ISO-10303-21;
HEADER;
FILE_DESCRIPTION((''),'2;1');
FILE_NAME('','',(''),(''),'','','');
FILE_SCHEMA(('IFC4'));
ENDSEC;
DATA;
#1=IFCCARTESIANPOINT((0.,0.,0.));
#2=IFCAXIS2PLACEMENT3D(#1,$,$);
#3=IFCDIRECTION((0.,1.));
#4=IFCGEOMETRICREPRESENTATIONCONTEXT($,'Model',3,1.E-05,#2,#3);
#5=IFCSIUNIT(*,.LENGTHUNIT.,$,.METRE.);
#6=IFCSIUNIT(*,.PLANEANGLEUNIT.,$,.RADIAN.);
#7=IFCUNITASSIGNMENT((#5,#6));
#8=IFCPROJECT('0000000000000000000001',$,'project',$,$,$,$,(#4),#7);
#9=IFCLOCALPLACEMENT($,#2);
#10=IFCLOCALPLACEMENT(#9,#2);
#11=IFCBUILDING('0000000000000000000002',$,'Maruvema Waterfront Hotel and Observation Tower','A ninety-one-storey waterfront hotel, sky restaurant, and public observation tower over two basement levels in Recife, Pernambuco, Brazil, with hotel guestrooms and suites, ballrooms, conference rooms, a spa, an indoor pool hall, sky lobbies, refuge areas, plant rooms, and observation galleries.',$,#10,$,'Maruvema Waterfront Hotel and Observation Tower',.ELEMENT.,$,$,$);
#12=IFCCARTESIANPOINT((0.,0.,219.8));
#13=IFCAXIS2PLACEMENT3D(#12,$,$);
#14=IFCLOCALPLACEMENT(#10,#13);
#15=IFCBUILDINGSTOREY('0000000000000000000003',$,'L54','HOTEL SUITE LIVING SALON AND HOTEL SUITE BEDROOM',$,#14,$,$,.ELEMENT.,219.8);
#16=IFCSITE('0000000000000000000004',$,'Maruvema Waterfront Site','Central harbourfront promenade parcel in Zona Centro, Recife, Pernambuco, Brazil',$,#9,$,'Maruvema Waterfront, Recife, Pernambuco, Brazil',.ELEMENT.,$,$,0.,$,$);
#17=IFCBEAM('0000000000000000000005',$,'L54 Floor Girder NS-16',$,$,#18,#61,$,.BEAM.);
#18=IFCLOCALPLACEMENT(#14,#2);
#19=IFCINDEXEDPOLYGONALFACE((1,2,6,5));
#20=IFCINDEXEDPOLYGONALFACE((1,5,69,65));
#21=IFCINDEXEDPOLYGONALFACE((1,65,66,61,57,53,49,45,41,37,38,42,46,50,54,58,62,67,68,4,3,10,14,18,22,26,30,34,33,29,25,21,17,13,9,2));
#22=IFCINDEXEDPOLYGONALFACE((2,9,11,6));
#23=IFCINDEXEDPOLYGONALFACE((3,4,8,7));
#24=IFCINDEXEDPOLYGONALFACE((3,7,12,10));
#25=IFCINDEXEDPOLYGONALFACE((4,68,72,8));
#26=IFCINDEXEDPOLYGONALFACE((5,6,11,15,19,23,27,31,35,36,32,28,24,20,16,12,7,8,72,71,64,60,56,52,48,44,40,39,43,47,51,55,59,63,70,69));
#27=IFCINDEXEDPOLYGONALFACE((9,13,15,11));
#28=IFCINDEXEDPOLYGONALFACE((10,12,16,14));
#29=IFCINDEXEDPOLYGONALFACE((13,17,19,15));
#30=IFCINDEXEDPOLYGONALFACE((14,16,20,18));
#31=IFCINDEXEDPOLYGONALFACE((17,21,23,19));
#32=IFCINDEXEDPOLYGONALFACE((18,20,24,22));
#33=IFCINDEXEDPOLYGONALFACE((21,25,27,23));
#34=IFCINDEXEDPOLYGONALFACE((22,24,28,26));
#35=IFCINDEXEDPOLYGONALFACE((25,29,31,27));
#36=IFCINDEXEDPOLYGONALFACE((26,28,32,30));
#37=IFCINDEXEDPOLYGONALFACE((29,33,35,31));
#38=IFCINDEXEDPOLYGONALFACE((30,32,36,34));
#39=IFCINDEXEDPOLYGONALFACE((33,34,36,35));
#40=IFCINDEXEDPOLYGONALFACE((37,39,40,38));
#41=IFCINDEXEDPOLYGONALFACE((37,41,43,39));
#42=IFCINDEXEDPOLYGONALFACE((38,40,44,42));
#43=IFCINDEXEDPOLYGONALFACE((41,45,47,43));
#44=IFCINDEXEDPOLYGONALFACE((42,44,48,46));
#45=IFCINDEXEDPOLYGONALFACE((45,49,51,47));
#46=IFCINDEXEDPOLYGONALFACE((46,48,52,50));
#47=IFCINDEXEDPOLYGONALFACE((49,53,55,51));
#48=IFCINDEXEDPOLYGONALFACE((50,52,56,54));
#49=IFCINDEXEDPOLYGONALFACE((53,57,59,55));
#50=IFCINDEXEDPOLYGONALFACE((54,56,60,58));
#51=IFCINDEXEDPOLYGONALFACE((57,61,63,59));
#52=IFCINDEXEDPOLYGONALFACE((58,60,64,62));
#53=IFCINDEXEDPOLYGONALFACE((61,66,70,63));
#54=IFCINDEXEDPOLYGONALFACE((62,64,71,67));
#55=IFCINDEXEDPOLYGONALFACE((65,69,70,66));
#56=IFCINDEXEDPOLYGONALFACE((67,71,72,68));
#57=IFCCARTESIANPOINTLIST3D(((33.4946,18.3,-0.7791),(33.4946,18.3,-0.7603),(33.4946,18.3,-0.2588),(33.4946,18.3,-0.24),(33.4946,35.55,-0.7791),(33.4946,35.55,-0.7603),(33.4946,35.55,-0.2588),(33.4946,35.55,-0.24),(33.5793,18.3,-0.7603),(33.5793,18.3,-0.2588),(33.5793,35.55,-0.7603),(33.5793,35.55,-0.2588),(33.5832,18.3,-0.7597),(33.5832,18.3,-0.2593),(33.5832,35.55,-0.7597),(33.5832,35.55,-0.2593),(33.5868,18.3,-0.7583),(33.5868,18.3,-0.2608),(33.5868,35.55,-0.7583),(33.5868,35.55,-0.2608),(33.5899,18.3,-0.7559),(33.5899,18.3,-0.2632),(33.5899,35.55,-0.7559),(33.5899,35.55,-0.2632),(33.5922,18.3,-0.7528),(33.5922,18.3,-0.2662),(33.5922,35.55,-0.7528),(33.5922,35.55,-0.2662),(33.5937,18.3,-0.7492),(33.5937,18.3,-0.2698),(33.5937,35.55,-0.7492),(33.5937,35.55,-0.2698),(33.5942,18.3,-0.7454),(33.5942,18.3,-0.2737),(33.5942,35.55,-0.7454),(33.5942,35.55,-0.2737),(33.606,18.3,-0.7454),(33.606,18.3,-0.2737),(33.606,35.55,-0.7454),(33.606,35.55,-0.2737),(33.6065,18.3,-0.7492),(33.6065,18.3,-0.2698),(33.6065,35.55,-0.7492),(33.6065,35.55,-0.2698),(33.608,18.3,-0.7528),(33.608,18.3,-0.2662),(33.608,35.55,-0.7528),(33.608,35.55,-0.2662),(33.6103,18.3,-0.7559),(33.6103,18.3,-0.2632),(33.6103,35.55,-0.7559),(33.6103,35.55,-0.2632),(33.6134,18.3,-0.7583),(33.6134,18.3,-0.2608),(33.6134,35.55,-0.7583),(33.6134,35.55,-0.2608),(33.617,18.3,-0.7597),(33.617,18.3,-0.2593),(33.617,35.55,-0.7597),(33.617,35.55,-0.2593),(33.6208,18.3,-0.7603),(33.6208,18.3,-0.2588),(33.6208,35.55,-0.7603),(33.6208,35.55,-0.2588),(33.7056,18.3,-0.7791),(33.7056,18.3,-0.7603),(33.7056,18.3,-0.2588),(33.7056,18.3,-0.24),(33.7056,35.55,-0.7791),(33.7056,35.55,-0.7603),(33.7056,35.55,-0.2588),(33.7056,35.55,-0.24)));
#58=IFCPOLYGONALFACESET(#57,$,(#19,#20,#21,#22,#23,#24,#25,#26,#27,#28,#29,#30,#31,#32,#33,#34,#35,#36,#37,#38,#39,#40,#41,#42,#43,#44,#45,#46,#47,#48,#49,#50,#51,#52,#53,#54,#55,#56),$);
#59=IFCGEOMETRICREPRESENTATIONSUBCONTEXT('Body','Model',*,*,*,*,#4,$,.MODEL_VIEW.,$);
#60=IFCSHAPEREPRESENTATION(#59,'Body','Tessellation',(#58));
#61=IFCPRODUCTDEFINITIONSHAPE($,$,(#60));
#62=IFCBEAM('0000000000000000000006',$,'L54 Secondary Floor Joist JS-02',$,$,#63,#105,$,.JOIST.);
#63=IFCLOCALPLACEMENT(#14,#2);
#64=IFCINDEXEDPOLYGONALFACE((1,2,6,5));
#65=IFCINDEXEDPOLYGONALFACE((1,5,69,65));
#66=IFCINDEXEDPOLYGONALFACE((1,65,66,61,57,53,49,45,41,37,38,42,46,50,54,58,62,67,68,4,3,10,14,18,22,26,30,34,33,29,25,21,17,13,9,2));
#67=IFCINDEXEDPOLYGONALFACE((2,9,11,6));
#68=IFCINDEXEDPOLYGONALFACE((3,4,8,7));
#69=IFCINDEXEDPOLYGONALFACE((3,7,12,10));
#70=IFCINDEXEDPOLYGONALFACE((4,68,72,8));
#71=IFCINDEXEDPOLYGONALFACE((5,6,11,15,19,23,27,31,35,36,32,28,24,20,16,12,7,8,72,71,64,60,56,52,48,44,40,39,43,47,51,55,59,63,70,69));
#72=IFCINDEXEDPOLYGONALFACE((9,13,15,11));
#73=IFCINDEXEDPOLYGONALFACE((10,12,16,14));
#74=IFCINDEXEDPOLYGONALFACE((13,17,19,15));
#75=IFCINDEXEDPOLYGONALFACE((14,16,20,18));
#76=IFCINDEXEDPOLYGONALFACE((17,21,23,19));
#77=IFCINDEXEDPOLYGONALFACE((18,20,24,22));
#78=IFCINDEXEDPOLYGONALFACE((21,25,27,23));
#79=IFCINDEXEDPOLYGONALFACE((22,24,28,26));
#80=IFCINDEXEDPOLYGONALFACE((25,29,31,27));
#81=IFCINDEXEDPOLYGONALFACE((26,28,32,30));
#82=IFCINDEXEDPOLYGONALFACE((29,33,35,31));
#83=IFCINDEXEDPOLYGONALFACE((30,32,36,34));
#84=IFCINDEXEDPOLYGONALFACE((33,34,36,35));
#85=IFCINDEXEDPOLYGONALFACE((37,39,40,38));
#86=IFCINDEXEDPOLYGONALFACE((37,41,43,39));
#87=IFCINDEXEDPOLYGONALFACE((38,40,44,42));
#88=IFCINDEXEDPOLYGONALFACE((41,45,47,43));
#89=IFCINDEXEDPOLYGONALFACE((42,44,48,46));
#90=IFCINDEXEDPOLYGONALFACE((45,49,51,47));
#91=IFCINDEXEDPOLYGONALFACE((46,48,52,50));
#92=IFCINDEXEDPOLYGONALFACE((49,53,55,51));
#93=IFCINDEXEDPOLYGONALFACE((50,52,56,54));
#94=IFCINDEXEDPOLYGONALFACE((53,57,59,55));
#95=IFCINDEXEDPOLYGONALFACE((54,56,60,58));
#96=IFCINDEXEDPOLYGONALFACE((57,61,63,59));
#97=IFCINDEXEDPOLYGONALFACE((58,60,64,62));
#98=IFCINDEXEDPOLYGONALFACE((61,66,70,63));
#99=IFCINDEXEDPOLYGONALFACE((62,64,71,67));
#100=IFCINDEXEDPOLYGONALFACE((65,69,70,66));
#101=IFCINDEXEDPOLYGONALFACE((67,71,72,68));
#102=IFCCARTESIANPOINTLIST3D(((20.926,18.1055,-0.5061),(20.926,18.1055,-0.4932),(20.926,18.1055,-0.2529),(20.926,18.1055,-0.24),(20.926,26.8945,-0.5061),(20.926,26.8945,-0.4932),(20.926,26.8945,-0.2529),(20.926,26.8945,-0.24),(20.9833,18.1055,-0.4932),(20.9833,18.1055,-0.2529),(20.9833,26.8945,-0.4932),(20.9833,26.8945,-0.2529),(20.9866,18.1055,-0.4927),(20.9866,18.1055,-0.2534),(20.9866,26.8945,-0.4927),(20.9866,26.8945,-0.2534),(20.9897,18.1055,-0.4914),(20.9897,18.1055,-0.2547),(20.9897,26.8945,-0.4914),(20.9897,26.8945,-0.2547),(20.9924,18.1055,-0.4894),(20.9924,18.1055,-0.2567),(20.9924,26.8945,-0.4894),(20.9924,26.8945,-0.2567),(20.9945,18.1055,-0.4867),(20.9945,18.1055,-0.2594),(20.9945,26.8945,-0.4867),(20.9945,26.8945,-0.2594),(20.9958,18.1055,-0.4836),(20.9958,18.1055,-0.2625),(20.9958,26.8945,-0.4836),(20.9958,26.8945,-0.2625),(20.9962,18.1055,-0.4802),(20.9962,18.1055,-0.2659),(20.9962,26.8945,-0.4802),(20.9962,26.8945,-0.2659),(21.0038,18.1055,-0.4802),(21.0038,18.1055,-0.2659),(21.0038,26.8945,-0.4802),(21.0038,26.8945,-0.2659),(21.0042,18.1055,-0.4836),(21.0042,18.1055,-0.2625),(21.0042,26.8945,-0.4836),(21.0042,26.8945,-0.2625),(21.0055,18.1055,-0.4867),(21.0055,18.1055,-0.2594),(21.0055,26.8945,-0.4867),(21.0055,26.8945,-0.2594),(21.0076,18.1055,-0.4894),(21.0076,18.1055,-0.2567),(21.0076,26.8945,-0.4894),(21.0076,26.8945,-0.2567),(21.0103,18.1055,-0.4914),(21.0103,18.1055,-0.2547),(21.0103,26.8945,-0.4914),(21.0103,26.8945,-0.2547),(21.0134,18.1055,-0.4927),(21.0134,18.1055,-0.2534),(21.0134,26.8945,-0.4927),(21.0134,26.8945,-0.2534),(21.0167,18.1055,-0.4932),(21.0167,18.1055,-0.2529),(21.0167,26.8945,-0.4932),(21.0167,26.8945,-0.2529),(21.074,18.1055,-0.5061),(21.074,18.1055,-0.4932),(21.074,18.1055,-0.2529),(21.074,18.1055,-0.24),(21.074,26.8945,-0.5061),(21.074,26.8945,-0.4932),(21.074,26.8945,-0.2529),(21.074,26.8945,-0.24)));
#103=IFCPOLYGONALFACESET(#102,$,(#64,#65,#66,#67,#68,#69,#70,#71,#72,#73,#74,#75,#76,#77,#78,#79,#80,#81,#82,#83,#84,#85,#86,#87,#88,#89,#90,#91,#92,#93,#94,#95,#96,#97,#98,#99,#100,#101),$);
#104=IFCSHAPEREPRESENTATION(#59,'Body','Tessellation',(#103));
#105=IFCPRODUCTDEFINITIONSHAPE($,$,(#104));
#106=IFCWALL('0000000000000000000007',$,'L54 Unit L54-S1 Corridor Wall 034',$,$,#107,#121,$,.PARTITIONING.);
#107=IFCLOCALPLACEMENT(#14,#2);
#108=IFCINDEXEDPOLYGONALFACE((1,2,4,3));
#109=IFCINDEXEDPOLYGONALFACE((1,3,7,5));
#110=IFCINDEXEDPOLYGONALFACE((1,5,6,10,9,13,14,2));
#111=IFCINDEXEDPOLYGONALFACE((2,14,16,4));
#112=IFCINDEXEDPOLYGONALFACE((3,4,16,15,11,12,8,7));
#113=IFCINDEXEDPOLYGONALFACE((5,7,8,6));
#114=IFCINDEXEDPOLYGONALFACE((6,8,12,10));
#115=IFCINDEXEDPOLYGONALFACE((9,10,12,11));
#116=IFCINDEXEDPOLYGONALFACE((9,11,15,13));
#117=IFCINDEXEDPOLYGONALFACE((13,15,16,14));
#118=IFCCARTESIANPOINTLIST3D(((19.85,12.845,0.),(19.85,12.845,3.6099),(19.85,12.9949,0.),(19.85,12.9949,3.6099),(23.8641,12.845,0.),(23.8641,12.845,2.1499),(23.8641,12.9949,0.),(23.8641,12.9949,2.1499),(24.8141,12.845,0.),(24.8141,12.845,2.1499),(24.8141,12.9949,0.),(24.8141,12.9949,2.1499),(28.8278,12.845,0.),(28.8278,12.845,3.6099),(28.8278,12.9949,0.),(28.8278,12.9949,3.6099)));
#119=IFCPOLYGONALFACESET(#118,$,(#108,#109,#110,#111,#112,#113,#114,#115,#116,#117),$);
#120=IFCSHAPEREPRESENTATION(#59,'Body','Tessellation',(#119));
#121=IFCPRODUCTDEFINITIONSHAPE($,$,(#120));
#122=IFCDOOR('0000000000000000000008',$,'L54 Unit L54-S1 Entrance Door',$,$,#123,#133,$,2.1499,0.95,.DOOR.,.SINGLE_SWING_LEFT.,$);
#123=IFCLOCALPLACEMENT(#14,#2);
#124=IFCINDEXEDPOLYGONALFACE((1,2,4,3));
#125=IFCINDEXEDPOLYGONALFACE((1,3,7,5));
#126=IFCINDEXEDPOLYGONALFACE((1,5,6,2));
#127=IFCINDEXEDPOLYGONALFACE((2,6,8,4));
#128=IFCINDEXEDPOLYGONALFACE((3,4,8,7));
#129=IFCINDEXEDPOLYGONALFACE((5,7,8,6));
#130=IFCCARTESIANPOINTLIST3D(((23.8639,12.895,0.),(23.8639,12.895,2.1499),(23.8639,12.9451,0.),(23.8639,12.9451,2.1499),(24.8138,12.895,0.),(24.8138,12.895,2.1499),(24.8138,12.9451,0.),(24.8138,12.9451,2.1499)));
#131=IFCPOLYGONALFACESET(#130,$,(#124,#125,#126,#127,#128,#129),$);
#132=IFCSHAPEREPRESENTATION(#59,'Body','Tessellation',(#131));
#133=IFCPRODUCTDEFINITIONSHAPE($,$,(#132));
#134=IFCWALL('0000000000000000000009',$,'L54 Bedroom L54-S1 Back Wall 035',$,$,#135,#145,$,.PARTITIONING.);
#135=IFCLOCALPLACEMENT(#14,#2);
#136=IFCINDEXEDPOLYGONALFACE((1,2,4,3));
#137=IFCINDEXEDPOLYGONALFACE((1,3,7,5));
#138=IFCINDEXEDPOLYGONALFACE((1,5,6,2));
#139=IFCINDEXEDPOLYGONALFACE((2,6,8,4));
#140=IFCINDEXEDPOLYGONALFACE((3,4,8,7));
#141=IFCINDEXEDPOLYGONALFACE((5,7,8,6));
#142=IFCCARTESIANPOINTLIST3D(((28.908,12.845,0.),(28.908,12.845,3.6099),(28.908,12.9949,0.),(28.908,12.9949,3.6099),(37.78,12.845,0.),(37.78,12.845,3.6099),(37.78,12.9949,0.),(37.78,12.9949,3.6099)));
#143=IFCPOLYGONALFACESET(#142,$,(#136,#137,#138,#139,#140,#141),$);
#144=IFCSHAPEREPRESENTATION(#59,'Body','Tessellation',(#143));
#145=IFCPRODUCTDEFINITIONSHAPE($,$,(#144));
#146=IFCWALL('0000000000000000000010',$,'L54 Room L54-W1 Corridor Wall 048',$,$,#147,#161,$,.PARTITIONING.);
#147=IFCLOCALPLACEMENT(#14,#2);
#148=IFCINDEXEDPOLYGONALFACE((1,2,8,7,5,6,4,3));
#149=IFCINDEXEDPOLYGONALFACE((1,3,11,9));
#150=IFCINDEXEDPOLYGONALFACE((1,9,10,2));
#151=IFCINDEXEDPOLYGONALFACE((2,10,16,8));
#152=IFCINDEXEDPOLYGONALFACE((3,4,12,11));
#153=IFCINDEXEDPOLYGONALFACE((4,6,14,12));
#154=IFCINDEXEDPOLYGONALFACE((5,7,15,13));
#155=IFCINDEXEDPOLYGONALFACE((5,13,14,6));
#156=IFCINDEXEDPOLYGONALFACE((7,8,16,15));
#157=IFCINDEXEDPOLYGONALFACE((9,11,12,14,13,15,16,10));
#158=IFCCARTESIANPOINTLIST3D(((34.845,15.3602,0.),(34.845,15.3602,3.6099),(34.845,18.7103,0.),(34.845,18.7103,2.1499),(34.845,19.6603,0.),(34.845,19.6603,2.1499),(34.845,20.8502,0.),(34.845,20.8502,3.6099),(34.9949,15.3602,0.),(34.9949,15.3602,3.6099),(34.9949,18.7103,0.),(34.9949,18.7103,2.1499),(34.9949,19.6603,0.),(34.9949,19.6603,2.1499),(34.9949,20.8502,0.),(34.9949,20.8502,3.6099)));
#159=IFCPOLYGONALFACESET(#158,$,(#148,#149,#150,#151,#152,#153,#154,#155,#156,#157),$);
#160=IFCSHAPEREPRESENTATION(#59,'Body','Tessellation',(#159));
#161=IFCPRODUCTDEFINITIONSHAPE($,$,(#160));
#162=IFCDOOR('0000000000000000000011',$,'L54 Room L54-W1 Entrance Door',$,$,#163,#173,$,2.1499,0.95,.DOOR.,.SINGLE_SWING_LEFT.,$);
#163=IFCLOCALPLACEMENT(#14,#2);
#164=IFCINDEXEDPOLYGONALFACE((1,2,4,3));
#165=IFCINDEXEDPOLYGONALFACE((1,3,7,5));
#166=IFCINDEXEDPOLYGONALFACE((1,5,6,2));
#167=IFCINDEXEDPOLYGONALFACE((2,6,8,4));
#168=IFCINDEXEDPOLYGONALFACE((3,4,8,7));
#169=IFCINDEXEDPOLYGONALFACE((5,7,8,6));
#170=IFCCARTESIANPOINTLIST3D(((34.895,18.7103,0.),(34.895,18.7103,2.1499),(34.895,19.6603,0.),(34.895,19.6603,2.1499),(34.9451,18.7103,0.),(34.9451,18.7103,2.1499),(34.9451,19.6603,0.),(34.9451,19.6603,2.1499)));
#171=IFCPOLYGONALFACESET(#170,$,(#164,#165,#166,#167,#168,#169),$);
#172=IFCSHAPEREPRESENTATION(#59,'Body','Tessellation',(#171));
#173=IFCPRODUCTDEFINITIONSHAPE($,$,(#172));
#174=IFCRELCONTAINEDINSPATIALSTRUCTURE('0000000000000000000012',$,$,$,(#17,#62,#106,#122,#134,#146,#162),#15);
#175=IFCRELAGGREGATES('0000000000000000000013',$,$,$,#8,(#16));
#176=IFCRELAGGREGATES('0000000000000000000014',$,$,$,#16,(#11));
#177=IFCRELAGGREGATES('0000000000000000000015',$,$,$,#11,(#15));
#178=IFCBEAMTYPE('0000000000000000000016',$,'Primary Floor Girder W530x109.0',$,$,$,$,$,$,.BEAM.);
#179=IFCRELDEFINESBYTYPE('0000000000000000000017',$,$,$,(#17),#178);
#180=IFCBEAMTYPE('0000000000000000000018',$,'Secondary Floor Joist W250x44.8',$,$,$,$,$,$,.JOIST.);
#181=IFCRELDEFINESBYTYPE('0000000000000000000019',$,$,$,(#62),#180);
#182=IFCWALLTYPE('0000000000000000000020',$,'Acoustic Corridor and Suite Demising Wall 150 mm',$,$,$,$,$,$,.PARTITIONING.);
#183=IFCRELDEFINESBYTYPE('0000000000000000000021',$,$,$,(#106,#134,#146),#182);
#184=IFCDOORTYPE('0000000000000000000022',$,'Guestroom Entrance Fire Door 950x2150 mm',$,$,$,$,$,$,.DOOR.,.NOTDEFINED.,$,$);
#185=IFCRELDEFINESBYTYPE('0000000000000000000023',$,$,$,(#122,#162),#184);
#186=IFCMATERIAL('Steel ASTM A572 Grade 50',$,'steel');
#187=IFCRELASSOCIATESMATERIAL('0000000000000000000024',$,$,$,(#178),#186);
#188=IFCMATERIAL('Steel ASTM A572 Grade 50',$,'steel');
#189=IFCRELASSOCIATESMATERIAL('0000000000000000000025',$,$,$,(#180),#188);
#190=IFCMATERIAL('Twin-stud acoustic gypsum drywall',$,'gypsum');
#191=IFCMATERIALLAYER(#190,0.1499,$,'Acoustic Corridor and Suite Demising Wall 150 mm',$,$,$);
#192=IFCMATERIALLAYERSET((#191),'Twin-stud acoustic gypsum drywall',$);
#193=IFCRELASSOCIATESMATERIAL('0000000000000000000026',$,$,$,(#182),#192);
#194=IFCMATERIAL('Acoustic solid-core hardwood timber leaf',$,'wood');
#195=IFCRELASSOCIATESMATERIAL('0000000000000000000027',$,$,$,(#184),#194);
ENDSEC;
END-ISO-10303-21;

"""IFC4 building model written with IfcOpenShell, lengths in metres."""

from ifc_helpers import new_model, si_unit, direction, frame, frame_2d, origin, origin_2d, place, context, subcontext, project, spatial, rectangle, i_section, extrude, material, layer, layer_set, material_profile, profile_set, type_object, element, fill, save


model = new_model("IFC4")

# Units and contexts
model_context = context("Model", 3, precision=1e-05, world=origin(), true_north=direction((0.0, 1.0)))
body_context = subcontext(model_context, "Body", "Model", "MODEL_VIEW")
ifc_project = project(units=[si_unit("LENGTHUNIT", "METRE"), si_unit("PLANEANGLEUNIT", "RADIAN")], contexts=[model_context])

# Site, building, storey
site_placement = place(None, origin())
site = spatial("IfcSite", under=ifc_project, at=site_placement, Name="Maruvema Waterfront Site", Description="Central harbourfront promenade parcel in Zona Centro, Recife, Pernambuco, Brazil", LongName="Maruvema Waterfront, Recife, Pernambuco, Brazil", CompositionType="ELEMENT", RefElevation=0.0)
building_placement = place(site_placement, origin())
building = spatial("IfcBuilding", under=site, at=building_placement, Name="Maruvema Waterfront Hotel and Observation Tower", Description="A ninety-one-storey waterfront hotel, sky restaurant, and public observation tower over two basement levels in Recife, Pernambuco, Brazil, with hotel guestrooms and suites, ballrooms, conference rooms, a spa, an indoor pool hall, sky lobbies, refuge areas, plant rooms, and observation galleries.", LongName="Maruvema Waterfront Hotel and Observation Tower", CompositionType="ELEMENT")
storey_placement = place(building_placement, frame((0.0, 0.0, 219.8)))
storey = spatial("IfcBuildingStorey", under=building, at=storey_placement, Name="L54", Description="HOTEL SUITE LIVING SALON AND HOTEL SUITE BEDROOM", CompositionType="ELEMENT", Elevation=219.8)

# Beams
ifc_material_1 = material(Name="Steel ASTM A572 Grade 50", Category="steel")
ifc_material_profile_1 = material_profile(ifc_material_1, i_section(OverallWidth=0.2109, OverallDepth=0.5391, WebThickness=0.0117, FlangeThickness=0.0188, FilletRadius=0.0149, at=origin_2d()), Name="W530x109.0")
ifc_profile_set_1 = profile_set([ifc_material_profile_1], Name="Steel ASTM A572 Grade 50")
beam_type_1 = type_object("IfcBeamType", Name="Primary Floor Girder W530x109.0", PredefinedType="BEAM", material=ifc_profile_set_1)
beam_1_placement = place(storey_placement, frame((33.6001, 18.3, -0.5095), z_axis=(0.0, 1.0, 0.0), x_axis=(-1.0, 0.0, 0.0)))
element("IfcBeam", 1, at=beam_1_placement, inside=storey, type_object=beam_type_1, Name="L54 Floor Girder NS-16", PredefinedType="BEAM", context=body_context, shape_type="SweptSolid", body=[
    extrude(i_section(OverallWidth=0.2109, OverallDepth=0.5391, WebThickness=0.0117, FlangeThickness=0.0188, FilletRadius=0.0149, at=origin_2d()), origin(), (0.0, 0.0, 1.0), 17.25),
])
ifc_material_2 = material(Name="Steel ASTM A572 Grade 50", Category="steel")
ifc_material_profile_2 = material_profile(ifc_material_2, i_section(OverallWidth=0.1479, OverallDepth=0.2661, WebThickness=0.0076, FlangeThickness=0.0129, FilletRadius=0.0129, at=origin_2d()), Name="W250x44.8")
ifc_profile_set_2 = profile_set([ifc_material_profile_2], Name="Steel ASTM A572 Grade 50")
beam_type_2 = type_object("IfcBeamType", Name="Secondary Floor Joist W250x44.8", PredefinedType="JOIST", material=ifc_profile_set_2)
beam_2_placement = place(storey_placement, frame((21.0, 18.1055, -0.373), z_axis=(0.0, 1.0, 0.0), x_axis=(-1.0, 0.0, 0.0)))
element("IfcBeam", 2, at=beam_2_placement, inside=storey, type_object=beam_type_2, Name="L54 Secondary Floor Joist JS-02", PredefinedType="JOIST", context=body_context, shape_type="SweptSolid", body=[
    extrude(i_section(OverallWidth=0.1479, OverallDepth=0.2661, WebThickness=0.0076, FlangeThickness=0.0129, FilletRadius=0.0129, at=origin_2d()), origin(), (0.0, 0.0, 1.0), 8.7891),
])

# Wall, opening, door
ifc_material_3 = material(Name="Twin-stud acoustic gypsum drywall", Category="gypsum")
ifc_layer_1 = layer(ifc_material_3, 0.1499, Name="Acoustic Corridor and Suite Demising Wall 150 mm")
ifc_layer_set_1 = layer_set([ifc_layer_1], Name="Twin-stud acoustic gypsum drywall")
wall_type_1 = type_object("IfcWallType", Name="Acoustic Corridor and Suite Demising Wall 150 mm", PredefinedType="PARTITIONING", material=ifc_layer_set_1)
wall_1_placement = place(storey_placement, frame((19.8501, 12.9199, 0.0), z_axis=(0.0, 0.0, 1.0), x_axis=(1.0, 0.0, 0.0)))
wall_1 = element("IfcWall", 3, at=wall_1_placement, inside=storey, type_object=wall_type_1, Name="L54 Unit L54-S1 Corridor Wall 034", PredefinedType="PARTITIONING", context=body_context, shape_type="SweptSolid", body=[
    extrude(rectangle(XDim=8.9778, YDim=0.1499, at=frame_2d((4.4888, 0.0))), origin(), (0.0, 0.0, 1.0), 3.6099),
])
opening_1_placement = place(wall_1_placement, frame((4.0139, 0.0, 0.0)))
opening_1 = element("IfcOpeningElement", 4, at=opening_1_placement, cuts=wall_1, PredefinedType="OPENING", context=body_context, shape_type="SweptSolid", body=[
    extrude(rectangle(XDim=0.95, YDim=2.1499, at=frame_2d((0.4751, 1.075))), frame((0.0, 0.085, 0.0), z_axis=(0.0, -1.0, 0.0), x_axis=(1.0, 0.0, 0.0)), (0.0, 0.0, 1.0), 0.1699),
])
ifc_material_4 = material(Name="Acoustic solid-core hardwood timber leaf", Category="wood")
door_type_1 = type_object("IfcDoorType", Name="Guestroom Entrance Fire Door 950x2150 mm", OperationType="NOTDEFINED", PredefinedType="DOOR", material=ifc_material_4)
door_1_placement = place(opening_1_placement, frame((0.95, 0.0, 0.0), z_axis=(0.0, 0.0, 1.0), x_axis=(-1.0, 0.0, 0.0)))
door_1 = element("IfcDoor", 5, at=door_1_placement, inside=storey, type_object=door_type_1, Name="L54 Unit L54-S1 Entrance Door", OperationType="SINGLE_SWING_LEFT", OverallHeight=2.1499, OverallWidth=0.95, PredefinedType="DOOR", context=body_context, shape_type="SweptSolid", body=[
    extrude(rectangle(XDim=0.95, YDim=2.1499, at=frame_2d((0.4751, 1.075))), frame((0.0, 0.0249, 0.0), z_axis=(0.0, -1.0, 0.0), x_axis=(1.0, 0.0, 0.0)), (0.0, 0.0, 1.0), 0.05),
])
fill(opening_1, door_1)

# Wall
wall_2_placement = place(storey_placement, frame((28.908, 12.9199, 0.0), z_axis=(0.0, 0.0, 1.0), x_axis=(1.0, 0.0, 0.0)))
element("IfcWall", 6, at=wall_2_placement, inside=storey, type_object=wall_type_1, Name="L54 Bedroom L54-S1 Back Wall 035", PredefinedType="PARTITIONING", context=body_context, shape_type="SweptSolid", body=[
    extrude(rectangle(XDim=8.8721, YDim=0.1499, at=frame_2d((4.436, 0.0))), origin(), (0.0, 0.0, 1.0), 3.6099),
])

# Wall, opening, door
wall_3_placement = place(storey_placement, frame((34.9199, 15.3601, 0.0), z_axis=(0.0, 0.0, 1.0), x_axis=(0.0, 1.0, 0.0)))
wall_3 = element("IfcWall", 7, at=wall_3_placement, inside=storey, type_object=wall_type_1, Name="L54 Room L54-W1 Corridor Wall 048", PredefinedType="PARTITIONING", context=body_context, shape_type="SweptSolid", body=[
    extrude(rectangle(XDim=5.49, YDim=0.1499, at=frame_2d((2.7451, 0.0))), origin(), (0.0, 0.0, 1.0), 3.6099),
])
opening_2_placement = place(wall_3_placement, frame((3.3501, 0.0, 0.0)))
opening_2 = element("IfcOpeningElement", 8, at=opening_2_placement, cuts=wall_3, PredefinedType="OPENING", context=body_context, shape_type="SweptSolid", body=[
    extrude(rectangle(XDim=0.95, YDim=2.1499, at=frame_2d((0.4751, 1.075))), frame((0.0, 0.085, 0.0), z_axis=(0.0, -1.0, 0.0), x_axis=(1.0, 0.0, 0.0)), (0.0, 0.0, 1.0), 0.1699),
])
door_2_placement = place(opening_2_placement, origin())
door_2 = element("IfcDoor", 9, at=door_2_placement, inside=storey, type_object=door_type_1, Name="L54 Room L54-W1 Entrance Door", OperationType="SINGLE_SWING_LEFT", OverallHeight=2.1499, OverallWidth=0.95, PredefinedType="DOOR", context=body_context, shape_type="SweptSolid", body=[
    extrude(rectangle(XDim=0.95, YDim=2.1499, at=frame_2d((0.4751, 1.075))), frame((0.0, 0.0249, 0.0), z_axis=(0.0, -1.0, 0.0), x_axis=(1.0, 0.0, 0.0)), (0.0, 0.0, 1.0), 0.05),
])
fill(opening_2, door_2)

save(model, "model.ifc")
